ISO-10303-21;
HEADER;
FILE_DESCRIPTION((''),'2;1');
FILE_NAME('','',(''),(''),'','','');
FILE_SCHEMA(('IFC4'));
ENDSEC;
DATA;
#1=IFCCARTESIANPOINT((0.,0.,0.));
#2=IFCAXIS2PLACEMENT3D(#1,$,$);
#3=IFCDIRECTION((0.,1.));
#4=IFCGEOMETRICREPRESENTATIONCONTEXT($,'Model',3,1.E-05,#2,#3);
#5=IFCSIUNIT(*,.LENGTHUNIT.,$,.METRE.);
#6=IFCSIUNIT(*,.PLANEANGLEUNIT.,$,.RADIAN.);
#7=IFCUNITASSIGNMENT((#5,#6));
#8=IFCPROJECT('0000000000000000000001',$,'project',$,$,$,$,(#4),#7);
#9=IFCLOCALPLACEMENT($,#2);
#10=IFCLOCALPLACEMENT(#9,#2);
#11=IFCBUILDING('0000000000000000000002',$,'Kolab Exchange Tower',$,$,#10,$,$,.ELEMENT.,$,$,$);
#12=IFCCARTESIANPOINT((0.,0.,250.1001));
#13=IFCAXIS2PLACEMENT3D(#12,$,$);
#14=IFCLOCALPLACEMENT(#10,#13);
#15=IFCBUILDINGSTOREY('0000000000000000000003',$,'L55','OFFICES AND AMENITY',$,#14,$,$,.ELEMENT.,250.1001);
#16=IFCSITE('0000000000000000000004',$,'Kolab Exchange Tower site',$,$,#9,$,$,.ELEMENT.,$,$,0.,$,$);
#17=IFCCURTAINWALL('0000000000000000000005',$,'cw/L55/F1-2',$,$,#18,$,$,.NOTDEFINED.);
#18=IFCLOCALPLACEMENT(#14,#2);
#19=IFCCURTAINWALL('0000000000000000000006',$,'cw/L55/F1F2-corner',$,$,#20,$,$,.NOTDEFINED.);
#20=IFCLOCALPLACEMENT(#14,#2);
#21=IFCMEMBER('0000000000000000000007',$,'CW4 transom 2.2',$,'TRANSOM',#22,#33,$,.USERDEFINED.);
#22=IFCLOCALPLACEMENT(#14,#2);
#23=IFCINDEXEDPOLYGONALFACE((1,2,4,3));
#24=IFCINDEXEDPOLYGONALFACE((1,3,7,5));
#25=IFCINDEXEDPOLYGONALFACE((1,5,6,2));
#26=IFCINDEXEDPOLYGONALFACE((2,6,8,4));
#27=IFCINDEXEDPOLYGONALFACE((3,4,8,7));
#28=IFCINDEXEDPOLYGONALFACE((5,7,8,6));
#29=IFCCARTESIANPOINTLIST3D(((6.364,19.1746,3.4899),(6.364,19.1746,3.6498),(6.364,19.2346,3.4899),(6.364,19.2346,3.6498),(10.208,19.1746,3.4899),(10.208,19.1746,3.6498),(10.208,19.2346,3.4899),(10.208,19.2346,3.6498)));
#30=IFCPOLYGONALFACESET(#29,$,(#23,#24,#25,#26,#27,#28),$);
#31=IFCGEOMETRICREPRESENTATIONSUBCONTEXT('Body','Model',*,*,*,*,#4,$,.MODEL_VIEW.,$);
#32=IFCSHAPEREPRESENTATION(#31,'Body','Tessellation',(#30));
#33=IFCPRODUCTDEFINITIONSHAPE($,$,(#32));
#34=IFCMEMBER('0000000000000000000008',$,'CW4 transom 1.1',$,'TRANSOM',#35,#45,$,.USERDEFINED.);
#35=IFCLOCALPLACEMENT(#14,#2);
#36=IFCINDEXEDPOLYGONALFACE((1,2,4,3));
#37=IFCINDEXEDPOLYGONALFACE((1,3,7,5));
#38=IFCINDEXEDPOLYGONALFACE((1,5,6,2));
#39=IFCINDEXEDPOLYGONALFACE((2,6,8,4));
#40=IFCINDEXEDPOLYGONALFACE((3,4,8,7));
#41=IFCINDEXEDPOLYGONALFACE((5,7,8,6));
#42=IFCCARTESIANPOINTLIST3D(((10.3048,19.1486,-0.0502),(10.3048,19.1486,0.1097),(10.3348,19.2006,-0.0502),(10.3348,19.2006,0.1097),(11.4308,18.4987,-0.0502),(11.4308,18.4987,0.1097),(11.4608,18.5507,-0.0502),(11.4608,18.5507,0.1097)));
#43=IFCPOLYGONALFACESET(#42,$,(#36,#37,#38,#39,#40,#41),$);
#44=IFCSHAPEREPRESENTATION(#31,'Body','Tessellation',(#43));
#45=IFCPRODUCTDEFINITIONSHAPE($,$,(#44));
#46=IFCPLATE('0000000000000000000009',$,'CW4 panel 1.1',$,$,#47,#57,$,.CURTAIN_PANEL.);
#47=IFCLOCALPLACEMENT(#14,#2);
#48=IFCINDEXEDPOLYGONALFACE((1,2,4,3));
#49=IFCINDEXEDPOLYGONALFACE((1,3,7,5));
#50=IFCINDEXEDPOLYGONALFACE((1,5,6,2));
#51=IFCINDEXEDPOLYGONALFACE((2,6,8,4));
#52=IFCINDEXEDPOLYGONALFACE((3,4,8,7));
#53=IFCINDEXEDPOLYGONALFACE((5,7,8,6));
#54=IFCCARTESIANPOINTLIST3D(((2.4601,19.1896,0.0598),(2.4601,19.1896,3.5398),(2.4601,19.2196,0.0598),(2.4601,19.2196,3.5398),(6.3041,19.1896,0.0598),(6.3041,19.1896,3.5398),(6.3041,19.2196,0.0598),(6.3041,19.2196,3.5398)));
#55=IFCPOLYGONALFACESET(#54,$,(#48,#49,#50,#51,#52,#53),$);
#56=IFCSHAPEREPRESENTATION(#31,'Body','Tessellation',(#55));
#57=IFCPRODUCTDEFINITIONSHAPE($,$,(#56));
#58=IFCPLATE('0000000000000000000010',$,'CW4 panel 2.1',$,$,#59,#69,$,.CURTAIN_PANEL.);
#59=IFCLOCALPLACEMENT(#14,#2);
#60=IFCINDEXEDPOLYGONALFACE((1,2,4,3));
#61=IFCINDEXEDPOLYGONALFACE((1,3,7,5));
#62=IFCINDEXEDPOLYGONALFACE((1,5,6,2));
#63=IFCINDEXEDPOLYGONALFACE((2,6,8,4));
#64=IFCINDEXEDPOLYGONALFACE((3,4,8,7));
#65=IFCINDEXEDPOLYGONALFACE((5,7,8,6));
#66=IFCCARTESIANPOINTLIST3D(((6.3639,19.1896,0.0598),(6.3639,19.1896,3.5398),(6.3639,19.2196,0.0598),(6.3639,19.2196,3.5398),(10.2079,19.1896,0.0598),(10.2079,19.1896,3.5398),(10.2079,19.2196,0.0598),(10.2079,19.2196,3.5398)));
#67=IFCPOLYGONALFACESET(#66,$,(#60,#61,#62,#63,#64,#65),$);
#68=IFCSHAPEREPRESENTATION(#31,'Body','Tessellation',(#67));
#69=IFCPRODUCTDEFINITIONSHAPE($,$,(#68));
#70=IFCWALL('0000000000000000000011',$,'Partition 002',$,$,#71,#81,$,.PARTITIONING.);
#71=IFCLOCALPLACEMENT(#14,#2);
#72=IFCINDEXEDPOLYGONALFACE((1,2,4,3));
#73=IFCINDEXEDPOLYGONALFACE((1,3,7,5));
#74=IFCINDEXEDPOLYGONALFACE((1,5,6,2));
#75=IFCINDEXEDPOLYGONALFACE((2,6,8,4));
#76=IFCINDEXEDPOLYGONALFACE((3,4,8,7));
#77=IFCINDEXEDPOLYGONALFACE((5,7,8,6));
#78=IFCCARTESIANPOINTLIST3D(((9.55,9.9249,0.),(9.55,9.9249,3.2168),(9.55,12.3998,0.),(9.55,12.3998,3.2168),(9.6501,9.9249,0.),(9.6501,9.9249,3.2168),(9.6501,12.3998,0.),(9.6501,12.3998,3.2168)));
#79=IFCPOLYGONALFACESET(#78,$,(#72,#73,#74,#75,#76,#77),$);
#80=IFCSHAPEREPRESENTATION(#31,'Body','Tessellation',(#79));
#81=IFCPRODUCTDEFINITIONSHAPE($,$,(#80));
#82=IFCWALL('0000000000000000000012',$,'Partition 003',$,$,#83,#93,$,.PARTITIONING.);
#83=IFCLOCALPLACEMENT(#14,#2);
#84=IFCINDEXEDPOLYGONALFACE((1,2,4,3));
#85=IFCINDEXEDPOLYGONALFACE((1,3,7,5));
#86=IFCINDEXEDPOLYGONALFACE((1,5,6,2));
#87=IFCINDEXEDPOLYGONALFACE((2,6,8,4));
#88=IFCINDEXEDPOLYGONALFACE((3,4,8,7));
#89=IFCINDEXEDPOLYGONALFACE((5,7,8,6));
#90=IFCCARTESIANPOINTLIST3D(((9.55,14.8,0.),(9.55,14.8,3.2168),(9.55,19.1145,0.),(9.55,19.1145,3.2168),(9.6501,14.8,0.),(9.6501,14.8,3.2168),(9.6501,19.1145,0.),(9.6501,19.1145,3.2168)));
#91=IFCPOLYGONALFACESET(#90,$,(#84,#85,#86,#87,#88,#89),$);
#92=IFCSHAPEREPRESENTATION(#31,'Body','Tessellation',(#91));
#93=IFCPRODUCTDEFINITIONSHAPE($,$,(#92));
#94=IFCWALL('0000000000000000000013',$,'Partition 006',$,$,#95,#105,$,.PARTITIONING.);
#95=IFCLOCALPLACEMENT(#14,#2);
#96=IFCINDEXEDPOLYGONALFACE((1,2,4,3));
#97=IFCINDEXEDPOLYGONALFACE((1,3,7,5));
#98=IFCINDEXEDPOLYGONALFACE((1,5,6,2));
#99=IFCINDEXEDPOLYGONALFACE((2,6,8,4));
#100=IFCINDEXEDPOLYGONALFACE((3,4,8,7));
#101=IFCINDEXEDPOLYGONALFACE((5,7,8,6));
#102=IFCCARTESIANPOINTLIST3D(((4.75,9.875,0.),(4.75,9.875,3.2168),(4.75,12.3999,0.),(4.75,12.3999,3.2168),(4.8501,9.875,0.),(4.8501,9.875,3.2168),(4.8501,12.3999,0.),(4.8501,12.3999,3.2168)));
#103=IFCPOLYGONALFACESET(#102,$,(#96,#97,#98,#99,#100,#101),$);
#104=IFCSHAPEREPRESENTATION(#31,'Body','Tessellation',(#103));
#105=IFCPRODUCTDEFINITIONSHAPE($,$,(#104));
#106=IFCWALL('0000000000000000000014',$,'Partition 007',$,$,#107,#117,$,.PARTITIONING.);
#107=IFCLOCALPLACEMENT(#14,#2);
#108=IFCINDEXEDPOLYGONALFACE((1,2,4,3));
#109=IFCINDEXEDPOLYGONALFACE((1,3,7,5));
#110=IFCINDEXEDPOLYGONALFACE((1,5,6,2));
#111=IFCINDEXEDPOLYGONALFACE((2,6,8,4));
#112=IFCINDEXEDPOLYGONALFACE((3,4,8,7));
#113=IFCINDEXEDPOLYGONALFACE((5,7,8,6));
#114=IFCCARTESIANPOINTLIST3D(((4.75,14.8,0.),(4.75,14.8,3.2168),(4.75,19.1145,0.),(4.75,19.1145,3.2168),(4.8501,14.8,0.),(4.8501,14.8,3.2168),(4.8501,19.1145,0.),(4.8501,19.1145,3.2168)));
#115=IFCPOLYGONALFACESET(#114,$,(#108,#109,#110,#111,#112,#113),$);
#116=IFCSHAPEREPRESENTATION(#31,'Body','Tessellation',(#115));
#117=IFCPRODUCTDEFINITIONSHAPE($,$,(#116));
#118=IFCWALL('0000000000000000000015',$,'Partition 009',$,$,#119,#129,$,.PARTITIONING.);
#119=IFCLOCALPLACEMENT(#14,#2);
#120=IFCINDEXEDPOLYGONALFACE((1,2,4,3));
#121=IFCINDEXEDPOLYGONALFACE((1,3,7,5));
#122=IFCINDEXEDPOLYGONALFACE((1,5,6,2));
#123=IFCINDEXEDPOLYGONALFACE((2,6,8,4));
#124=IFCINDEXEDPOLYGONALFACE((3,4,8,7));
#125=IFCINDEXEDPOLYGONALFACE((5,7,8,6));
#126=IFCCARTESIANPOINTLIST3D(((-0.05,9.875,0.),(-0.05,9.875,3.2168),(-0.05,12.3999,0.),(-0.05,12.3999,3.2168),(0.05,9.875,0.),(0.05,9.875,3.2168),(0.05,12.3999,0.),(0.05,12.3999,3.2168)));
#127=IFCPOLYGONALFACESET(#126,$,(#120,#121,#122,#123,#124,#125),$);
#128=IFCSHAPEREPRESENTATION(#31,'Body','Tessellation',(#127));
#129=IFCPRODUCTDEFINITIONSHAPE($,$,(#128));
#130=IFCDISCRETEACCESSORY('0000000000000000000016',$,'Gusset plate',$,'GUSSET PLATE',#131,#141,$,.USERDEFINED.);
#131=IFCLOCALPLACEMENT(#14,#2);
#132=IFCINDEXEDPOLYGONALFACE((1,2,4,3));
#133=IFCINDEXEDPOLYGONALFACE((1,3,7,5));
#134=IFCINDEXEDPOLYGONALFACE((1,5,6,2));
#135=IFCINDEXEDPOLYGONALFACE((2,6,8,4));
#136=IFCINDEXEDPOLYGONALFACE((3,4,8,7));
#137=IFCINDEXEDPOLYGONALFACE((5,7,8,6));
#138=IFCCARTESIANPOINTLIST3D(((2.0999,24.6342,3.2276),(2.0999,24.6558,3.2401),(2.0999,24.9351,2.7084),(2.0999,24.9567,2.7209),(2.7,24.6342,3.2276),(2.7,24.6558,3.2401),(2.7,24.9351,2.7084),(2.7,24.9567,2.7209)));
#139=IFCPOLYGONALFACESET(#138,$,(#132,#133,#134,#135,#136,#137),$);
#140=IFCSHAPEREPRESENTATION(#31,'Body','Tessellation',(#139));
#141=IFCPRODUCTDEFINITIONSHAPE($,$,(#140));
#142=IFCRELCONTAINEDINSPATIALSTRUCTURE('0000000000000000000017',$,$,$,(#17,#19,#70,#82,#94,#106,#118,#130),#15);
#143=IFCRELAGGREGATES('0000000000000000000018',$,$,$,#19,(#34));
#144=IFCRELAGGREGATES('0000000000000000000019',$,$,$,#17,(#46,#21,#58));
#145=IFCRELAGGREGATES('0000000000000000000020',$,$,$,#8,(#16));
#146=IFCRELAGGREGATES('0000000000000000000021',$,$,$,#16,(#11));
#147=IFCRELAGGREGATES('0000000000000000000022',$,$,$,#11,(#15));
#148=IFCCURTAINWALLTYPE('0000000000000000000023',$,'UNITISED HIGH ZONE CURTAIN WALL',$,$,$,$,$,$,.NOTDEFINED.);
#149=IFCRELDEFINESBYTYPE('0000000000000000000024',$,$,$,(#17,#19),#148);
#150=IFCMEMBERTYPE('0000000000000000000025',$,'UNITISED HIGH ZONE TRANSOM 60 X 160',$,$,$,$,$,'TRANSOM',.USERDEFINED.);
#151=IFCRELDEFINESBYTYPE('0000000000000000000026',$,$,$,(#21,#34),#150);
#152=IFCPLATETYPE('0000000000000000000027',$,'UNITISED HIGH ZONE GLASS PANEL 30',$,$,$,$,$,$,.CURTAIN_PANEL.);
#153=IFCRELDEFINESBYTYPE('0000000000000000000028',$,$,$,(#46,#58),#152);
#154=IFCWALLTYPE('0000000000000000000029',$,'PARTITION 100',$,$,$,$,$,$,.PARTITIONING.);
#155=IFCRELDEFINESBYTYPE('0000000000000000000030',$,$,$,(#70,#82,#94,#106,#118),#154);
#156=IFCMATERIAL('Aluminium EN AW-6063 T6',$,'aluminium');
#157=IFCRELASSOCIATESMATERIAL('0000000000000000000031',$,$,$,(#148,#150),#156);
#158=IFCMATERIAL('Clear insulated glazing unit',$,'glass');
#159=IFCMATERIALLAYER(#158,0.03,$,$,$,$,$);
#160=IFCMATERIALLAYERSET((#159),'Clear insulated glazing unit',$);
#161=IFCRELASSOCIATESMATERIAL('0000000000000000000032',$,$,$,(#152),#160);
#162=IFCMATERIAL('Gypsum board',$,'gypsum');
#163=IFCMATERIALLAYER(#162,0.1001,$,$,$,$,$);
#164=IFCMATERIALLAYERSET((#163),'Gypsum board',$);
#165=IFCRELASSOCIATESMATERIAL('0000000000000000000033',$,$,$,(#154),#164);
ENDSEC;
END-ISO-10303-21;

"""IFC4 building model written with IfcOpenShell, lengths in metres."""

from ifc_helpers import new_model, si_unit, direction, frame, frame_2d, origin, origin_2d, place, context, subcontext, project, spatial, rectangle, extrude, material, layer, layer_set, material_profile, profile_set, type_object, element, aggregate, save


model = new_model("IFC4")

# Units and contexts
model_context = context("Model", 3, precision=1e-05, world=origin(), true_north=direction((0.0, 1.0)))
body_context = subcontext(model_context, "Body", "Model", "MODEL_VIEW")
ifc_project = project(units=[si_unit("LENGTHUNIT", "METRE"), si_unit("PLANEANGLEUNIT", "RADIAN")], contexts=[model_context])

# Site, building, storey
site_placement = place(None, origin())
site = spatial("IfcSite", under=ifc_project, at=site_placement, Name="Kolab Exchange Tower site", CompositionType="ELEMENT", RefElevation=0.0)
building_placement = place(site_placement, origin())
building = spatial("IfcBuilding", under=site, at=building_placement, Name="Kolab Exchange Tower", CompositionType="ELEMENT")
storey_placement = place(building_placement, frame((0.0, 0.0, 250.1001)))
storey = spatial("IfcBuildingStorey", under=building, at=storey_placement, Name="L55", Description="OFFICES AND AMENITY", CompositionType="ELEMENT", Elevation=250.1001)

# Curtain wall
ifc_material_1 = material(Name="Aluminium EN AW-6063 T6", Category="aluminium")
curtain_wall_type = type_object("IfcCurtainWallType", Name="UNITISED HIGH ZONE CURTAIN WALL", PredefinedType="NOTDEFINED", material=ifc_material_1)
curtain_wall_1_placement = place(storey_placement, origin())
curtain_wall_1 = element("IfcCurtainWall", 1, at=curtain_wall_1_placement, inside=storey, type_object=curtain_wall_type, Name="cw/L55/F1-2", PredefinedType="NOTDEFINED")

# Curtain wall
curtain_wall_2_placement = place(storey_placement, origin())
curtain_wall_2 = element("IfcCurtainWall", 2, at=curtain_wall_2_placement, inside=storey, type_object=curtain_wall_type, Name="cw/L55/F1F2-corner", PredefinedType="NOTDEFINED")

# Members
ifc_material_profile_1 = material_profile(ifc_material_1, rectangle(XDim=0.0601, YDim=0.1599, at=origin_2d()), Name="RECT 60X160")
ifc_profile_set_1 = profile_set([ifc_material_profile_1], Name="Aluminium EN AW-6063 T6")
member_type_1 = type_object("IfcMemberType", Name="UNITISED HIGH ZONE TRANSOM 60 X 160", ElementType="TRANSOM", PredefinedType="USERDEFINED", material=ifc_profile_set_1)
member_1_placement = place(storey_placement, frame((6.364, 19.2046, 3.5698), z_axis=(1.0, 0.0, 0.0), x_axis=(0.0, 1.0, 0.0)))
member_1 = element("IfcMember", 3, at=member_1_placement, type_object=member_type_1, Name="CW4 transom 2.2", ObjectType="TRANSOM", PredefinedType="USERDEFINED", context=body_context, shape_type="SweptSolid", body=[
    extrude(rectangle(XDim=0.0601, YDim=0.1599, at=origin_2d()), origin(), (0.0, 0.0, 1.0), 3.844),
])
member_2_placement = place(storey_placement, frame((10.3198, 19.1746, 0.0298), z_axis=(0.866086, -0.499896, 0.0), x_axis=(0.499896, 0.866086, 0.0)))
member_2 = element("IfcMember", 4, at=member_2_placement, type_object=member_type_1, Name="CW4 transom 1.1", ObjectType="TRANSOM", PredefinedType="USERDEFINED", context=body_context, shape_type="SweptSolid", body=[
    extrude(rectangle(XDim=0.0601, YDim=0.1599, at=origin_2d()), origin(), (0.0, 0.0, 1.0), 1.3),
])
aggregate(curtain_wall_2, [member_2])

# Plates
ifc_material_2 = material(Name="Clear insulated glazing unit", Category="glass")
ifc_layer_1 = layer(ifc_material_2, 0.03)
ifc_layer_set_1 = layer_set([ifc_layer_1], Name="Clear insulated glazing unit")
plate_type = type_object("IfcPlateType", Name="UNITISED HIGH ZONE GLASS PANEL 30", PredefinedType="CURTAIN_PANEL", material=ifc_layer_set_1)
plate_1_placement = place(storey_placement, frame((4.3821, 19.2046, 0.0598), z_axis=(0.0, 0.0, 1.0), x_axis=(1.0, 0.0, 0.0)))
plate_1 = element("IfcPlate", 5, at=plate_1_placement, type_object=plate_type, Name="CW4 panel 1.1", PredefinedType="CURTAIN_PANEL", context=body_context, shape_type="SweptSolid", body=[
    extrude(rectangle(XDim=3.844, YDim=0.03, at=origin_2d()), origin(), (0.0, 0.0, 1.0), 3.48),
])
plate_2_placement = place(storey_placement, frame((8.2859, 19.2046, 0.0598), z_axis=(0.0, 0.0, 1.0), x_axis=(1.0, 0.0, 0.0)))
plate_2 = element("IfcPlate", 6, at=plate_2_placement, type_object=plate_type, Name="CW4 panel 2.1", PredefinedType="CURTAIN_PANEL", context=body_context, shape_type="SweptSolid", body=[
    extrude(rectangle(XDim=3.844, YDim=0.03, at=origin_2d()), origin(), (0.0, 0.0, 1.0), 3.48),
])
aggregate(curtain_wall_1, [plate_1, member_1, plate_2])

# Walls
ifc_material_3 = material(Name="Gypsum board", Category="gypsum")
ifc_layer_2 = layer(ifc_material_3, 0.1001)
ifc_layer_set_2 = layer_set([ifc_layer_2], Name="Gypsum board")
wall_type = type_object("IfcWallType", Name="PARTITION 100", PredefinedType="PARTITIONING", material=ifc_layer_set_2)
wall_1_placement = place(storey_placement, frame((9.6001, 9.925, 0.0), z_axis=(0.0, 0.0, 1.0), x_axis=(0.0, 1.0, 0.0)))
element("IfcWall", 7, at=wall_1_placement, inside=storey, type_object=wall_type, Name="Partition 002", PredefinedType="PARTITIONING", context=body_context, shape_type="SweptSolid", body=[
    extrude(rectangle(XDim=2.4749, YDim=0.1001, at=frame_2d((1.2373, 0.0))), origin(), (0.0, 0.0, 1.0), 3.2168),
])
wall_2_placement = place(storey_placement, frame((9.6001, 14.8, 0.0), z_axis=(0.0, 0.0, 1.0), x_axis=(0.0, 1.0, 0.0)))
element("IfcWall", 8, at=wall_2_placement, inside=storey, type_object=wall_type, Name="Partition 003", PredefinedType="PARTITIONING", context=body_context, shape_type="SweptSolid", body=[
    extrude(rectangle(XDim=4.3145, YDim=0.1001, at=frame_2d((2.1572, 0.0))), origin(), (0.0, 0.0, 1.0), 3.2168),
])
wall_3_placement = place(storey_placement, frame((4.8, 9.875, 0.0), z_axis=(0.0, 0.0, 1.0), x_axis=(0.0, 1.0, 0.0)))
element("IfcWall", 9, at=wall_3_placement, inside=storey, type_object=wall_type, Name="Partition 006", PredefinedType="PARTITIONING", context=body_context, shape_type="SweptSolid", body=[
    extrude(rectangle(XDim=2.5249, YDim=0.1001, at=frame_2d((1.2625, 0.0))), origin(), (0.0, 0.0, 1.0), 3.2168),
])
wall_4_placement = place(storey_placement, frame((4.8, 14.8, 0.0), z_axis=(0.0, 0.0, 1.0), x_axis=(0.0, 1.0, 0.0)))
element("IfcWall", 10, at=wall_4_placement, inside=storey, type_object=wall_type, Name="Partition 007", PredefinedType="PARTITIONING", context=body_context, shape_type="SweptSolid", body=[
    extrude(rectangle(XDim=4.3145, YDim=0.1001, at=frame_2d((2.1572, 0.0))), origin(), (0.0, 0.0, 1.0), 3.2168),
])
wall_5_placement = place(storey_placement, frame((0.0, 9.875, 0.0), z_axis=(0.0, 0.0, 1.0), x_axis=(0.0, 1.0, 0.0)))
element("IfcWall", 11, at=wall_5_placement, inside=storey, type_object=wall_type, Name="Partition 009", PredefinedType="PARTITIONING", context=body_context, shape_type="SweptSolid", body=[
    extrude(rectangle(XDim=2.5249, YDim=0.1001, at=frame_2d((1.2625, 0.0))), origin(), (0.0, 0.0, 1.0), 3.2168),
])

# Discrete accessory
discrete_accessory_placement = place(storey_placement, frame((2.3999, 24.7847, 2.968), z_axis=(0.0, 0.865202, 0.501424), x_axis=(-1.0, 0.0, 0.0)))
element("IfcDiscreteAccessory", 12, at=discrete_accessory_placement, inside=storey, Name="Gusset plate", ObjectType="GUSSET PLATE", PredefinedType="USERDEFINED", context=body_context, shape_type="SweptSolid", body=[
    extrude(rectangle(XDim=0.6001, YDim=0.6001, at=origin_2d()), origin(), (0.0, 0.0, 1.0), 0.0249),
])

save(model, "model.ifc")
